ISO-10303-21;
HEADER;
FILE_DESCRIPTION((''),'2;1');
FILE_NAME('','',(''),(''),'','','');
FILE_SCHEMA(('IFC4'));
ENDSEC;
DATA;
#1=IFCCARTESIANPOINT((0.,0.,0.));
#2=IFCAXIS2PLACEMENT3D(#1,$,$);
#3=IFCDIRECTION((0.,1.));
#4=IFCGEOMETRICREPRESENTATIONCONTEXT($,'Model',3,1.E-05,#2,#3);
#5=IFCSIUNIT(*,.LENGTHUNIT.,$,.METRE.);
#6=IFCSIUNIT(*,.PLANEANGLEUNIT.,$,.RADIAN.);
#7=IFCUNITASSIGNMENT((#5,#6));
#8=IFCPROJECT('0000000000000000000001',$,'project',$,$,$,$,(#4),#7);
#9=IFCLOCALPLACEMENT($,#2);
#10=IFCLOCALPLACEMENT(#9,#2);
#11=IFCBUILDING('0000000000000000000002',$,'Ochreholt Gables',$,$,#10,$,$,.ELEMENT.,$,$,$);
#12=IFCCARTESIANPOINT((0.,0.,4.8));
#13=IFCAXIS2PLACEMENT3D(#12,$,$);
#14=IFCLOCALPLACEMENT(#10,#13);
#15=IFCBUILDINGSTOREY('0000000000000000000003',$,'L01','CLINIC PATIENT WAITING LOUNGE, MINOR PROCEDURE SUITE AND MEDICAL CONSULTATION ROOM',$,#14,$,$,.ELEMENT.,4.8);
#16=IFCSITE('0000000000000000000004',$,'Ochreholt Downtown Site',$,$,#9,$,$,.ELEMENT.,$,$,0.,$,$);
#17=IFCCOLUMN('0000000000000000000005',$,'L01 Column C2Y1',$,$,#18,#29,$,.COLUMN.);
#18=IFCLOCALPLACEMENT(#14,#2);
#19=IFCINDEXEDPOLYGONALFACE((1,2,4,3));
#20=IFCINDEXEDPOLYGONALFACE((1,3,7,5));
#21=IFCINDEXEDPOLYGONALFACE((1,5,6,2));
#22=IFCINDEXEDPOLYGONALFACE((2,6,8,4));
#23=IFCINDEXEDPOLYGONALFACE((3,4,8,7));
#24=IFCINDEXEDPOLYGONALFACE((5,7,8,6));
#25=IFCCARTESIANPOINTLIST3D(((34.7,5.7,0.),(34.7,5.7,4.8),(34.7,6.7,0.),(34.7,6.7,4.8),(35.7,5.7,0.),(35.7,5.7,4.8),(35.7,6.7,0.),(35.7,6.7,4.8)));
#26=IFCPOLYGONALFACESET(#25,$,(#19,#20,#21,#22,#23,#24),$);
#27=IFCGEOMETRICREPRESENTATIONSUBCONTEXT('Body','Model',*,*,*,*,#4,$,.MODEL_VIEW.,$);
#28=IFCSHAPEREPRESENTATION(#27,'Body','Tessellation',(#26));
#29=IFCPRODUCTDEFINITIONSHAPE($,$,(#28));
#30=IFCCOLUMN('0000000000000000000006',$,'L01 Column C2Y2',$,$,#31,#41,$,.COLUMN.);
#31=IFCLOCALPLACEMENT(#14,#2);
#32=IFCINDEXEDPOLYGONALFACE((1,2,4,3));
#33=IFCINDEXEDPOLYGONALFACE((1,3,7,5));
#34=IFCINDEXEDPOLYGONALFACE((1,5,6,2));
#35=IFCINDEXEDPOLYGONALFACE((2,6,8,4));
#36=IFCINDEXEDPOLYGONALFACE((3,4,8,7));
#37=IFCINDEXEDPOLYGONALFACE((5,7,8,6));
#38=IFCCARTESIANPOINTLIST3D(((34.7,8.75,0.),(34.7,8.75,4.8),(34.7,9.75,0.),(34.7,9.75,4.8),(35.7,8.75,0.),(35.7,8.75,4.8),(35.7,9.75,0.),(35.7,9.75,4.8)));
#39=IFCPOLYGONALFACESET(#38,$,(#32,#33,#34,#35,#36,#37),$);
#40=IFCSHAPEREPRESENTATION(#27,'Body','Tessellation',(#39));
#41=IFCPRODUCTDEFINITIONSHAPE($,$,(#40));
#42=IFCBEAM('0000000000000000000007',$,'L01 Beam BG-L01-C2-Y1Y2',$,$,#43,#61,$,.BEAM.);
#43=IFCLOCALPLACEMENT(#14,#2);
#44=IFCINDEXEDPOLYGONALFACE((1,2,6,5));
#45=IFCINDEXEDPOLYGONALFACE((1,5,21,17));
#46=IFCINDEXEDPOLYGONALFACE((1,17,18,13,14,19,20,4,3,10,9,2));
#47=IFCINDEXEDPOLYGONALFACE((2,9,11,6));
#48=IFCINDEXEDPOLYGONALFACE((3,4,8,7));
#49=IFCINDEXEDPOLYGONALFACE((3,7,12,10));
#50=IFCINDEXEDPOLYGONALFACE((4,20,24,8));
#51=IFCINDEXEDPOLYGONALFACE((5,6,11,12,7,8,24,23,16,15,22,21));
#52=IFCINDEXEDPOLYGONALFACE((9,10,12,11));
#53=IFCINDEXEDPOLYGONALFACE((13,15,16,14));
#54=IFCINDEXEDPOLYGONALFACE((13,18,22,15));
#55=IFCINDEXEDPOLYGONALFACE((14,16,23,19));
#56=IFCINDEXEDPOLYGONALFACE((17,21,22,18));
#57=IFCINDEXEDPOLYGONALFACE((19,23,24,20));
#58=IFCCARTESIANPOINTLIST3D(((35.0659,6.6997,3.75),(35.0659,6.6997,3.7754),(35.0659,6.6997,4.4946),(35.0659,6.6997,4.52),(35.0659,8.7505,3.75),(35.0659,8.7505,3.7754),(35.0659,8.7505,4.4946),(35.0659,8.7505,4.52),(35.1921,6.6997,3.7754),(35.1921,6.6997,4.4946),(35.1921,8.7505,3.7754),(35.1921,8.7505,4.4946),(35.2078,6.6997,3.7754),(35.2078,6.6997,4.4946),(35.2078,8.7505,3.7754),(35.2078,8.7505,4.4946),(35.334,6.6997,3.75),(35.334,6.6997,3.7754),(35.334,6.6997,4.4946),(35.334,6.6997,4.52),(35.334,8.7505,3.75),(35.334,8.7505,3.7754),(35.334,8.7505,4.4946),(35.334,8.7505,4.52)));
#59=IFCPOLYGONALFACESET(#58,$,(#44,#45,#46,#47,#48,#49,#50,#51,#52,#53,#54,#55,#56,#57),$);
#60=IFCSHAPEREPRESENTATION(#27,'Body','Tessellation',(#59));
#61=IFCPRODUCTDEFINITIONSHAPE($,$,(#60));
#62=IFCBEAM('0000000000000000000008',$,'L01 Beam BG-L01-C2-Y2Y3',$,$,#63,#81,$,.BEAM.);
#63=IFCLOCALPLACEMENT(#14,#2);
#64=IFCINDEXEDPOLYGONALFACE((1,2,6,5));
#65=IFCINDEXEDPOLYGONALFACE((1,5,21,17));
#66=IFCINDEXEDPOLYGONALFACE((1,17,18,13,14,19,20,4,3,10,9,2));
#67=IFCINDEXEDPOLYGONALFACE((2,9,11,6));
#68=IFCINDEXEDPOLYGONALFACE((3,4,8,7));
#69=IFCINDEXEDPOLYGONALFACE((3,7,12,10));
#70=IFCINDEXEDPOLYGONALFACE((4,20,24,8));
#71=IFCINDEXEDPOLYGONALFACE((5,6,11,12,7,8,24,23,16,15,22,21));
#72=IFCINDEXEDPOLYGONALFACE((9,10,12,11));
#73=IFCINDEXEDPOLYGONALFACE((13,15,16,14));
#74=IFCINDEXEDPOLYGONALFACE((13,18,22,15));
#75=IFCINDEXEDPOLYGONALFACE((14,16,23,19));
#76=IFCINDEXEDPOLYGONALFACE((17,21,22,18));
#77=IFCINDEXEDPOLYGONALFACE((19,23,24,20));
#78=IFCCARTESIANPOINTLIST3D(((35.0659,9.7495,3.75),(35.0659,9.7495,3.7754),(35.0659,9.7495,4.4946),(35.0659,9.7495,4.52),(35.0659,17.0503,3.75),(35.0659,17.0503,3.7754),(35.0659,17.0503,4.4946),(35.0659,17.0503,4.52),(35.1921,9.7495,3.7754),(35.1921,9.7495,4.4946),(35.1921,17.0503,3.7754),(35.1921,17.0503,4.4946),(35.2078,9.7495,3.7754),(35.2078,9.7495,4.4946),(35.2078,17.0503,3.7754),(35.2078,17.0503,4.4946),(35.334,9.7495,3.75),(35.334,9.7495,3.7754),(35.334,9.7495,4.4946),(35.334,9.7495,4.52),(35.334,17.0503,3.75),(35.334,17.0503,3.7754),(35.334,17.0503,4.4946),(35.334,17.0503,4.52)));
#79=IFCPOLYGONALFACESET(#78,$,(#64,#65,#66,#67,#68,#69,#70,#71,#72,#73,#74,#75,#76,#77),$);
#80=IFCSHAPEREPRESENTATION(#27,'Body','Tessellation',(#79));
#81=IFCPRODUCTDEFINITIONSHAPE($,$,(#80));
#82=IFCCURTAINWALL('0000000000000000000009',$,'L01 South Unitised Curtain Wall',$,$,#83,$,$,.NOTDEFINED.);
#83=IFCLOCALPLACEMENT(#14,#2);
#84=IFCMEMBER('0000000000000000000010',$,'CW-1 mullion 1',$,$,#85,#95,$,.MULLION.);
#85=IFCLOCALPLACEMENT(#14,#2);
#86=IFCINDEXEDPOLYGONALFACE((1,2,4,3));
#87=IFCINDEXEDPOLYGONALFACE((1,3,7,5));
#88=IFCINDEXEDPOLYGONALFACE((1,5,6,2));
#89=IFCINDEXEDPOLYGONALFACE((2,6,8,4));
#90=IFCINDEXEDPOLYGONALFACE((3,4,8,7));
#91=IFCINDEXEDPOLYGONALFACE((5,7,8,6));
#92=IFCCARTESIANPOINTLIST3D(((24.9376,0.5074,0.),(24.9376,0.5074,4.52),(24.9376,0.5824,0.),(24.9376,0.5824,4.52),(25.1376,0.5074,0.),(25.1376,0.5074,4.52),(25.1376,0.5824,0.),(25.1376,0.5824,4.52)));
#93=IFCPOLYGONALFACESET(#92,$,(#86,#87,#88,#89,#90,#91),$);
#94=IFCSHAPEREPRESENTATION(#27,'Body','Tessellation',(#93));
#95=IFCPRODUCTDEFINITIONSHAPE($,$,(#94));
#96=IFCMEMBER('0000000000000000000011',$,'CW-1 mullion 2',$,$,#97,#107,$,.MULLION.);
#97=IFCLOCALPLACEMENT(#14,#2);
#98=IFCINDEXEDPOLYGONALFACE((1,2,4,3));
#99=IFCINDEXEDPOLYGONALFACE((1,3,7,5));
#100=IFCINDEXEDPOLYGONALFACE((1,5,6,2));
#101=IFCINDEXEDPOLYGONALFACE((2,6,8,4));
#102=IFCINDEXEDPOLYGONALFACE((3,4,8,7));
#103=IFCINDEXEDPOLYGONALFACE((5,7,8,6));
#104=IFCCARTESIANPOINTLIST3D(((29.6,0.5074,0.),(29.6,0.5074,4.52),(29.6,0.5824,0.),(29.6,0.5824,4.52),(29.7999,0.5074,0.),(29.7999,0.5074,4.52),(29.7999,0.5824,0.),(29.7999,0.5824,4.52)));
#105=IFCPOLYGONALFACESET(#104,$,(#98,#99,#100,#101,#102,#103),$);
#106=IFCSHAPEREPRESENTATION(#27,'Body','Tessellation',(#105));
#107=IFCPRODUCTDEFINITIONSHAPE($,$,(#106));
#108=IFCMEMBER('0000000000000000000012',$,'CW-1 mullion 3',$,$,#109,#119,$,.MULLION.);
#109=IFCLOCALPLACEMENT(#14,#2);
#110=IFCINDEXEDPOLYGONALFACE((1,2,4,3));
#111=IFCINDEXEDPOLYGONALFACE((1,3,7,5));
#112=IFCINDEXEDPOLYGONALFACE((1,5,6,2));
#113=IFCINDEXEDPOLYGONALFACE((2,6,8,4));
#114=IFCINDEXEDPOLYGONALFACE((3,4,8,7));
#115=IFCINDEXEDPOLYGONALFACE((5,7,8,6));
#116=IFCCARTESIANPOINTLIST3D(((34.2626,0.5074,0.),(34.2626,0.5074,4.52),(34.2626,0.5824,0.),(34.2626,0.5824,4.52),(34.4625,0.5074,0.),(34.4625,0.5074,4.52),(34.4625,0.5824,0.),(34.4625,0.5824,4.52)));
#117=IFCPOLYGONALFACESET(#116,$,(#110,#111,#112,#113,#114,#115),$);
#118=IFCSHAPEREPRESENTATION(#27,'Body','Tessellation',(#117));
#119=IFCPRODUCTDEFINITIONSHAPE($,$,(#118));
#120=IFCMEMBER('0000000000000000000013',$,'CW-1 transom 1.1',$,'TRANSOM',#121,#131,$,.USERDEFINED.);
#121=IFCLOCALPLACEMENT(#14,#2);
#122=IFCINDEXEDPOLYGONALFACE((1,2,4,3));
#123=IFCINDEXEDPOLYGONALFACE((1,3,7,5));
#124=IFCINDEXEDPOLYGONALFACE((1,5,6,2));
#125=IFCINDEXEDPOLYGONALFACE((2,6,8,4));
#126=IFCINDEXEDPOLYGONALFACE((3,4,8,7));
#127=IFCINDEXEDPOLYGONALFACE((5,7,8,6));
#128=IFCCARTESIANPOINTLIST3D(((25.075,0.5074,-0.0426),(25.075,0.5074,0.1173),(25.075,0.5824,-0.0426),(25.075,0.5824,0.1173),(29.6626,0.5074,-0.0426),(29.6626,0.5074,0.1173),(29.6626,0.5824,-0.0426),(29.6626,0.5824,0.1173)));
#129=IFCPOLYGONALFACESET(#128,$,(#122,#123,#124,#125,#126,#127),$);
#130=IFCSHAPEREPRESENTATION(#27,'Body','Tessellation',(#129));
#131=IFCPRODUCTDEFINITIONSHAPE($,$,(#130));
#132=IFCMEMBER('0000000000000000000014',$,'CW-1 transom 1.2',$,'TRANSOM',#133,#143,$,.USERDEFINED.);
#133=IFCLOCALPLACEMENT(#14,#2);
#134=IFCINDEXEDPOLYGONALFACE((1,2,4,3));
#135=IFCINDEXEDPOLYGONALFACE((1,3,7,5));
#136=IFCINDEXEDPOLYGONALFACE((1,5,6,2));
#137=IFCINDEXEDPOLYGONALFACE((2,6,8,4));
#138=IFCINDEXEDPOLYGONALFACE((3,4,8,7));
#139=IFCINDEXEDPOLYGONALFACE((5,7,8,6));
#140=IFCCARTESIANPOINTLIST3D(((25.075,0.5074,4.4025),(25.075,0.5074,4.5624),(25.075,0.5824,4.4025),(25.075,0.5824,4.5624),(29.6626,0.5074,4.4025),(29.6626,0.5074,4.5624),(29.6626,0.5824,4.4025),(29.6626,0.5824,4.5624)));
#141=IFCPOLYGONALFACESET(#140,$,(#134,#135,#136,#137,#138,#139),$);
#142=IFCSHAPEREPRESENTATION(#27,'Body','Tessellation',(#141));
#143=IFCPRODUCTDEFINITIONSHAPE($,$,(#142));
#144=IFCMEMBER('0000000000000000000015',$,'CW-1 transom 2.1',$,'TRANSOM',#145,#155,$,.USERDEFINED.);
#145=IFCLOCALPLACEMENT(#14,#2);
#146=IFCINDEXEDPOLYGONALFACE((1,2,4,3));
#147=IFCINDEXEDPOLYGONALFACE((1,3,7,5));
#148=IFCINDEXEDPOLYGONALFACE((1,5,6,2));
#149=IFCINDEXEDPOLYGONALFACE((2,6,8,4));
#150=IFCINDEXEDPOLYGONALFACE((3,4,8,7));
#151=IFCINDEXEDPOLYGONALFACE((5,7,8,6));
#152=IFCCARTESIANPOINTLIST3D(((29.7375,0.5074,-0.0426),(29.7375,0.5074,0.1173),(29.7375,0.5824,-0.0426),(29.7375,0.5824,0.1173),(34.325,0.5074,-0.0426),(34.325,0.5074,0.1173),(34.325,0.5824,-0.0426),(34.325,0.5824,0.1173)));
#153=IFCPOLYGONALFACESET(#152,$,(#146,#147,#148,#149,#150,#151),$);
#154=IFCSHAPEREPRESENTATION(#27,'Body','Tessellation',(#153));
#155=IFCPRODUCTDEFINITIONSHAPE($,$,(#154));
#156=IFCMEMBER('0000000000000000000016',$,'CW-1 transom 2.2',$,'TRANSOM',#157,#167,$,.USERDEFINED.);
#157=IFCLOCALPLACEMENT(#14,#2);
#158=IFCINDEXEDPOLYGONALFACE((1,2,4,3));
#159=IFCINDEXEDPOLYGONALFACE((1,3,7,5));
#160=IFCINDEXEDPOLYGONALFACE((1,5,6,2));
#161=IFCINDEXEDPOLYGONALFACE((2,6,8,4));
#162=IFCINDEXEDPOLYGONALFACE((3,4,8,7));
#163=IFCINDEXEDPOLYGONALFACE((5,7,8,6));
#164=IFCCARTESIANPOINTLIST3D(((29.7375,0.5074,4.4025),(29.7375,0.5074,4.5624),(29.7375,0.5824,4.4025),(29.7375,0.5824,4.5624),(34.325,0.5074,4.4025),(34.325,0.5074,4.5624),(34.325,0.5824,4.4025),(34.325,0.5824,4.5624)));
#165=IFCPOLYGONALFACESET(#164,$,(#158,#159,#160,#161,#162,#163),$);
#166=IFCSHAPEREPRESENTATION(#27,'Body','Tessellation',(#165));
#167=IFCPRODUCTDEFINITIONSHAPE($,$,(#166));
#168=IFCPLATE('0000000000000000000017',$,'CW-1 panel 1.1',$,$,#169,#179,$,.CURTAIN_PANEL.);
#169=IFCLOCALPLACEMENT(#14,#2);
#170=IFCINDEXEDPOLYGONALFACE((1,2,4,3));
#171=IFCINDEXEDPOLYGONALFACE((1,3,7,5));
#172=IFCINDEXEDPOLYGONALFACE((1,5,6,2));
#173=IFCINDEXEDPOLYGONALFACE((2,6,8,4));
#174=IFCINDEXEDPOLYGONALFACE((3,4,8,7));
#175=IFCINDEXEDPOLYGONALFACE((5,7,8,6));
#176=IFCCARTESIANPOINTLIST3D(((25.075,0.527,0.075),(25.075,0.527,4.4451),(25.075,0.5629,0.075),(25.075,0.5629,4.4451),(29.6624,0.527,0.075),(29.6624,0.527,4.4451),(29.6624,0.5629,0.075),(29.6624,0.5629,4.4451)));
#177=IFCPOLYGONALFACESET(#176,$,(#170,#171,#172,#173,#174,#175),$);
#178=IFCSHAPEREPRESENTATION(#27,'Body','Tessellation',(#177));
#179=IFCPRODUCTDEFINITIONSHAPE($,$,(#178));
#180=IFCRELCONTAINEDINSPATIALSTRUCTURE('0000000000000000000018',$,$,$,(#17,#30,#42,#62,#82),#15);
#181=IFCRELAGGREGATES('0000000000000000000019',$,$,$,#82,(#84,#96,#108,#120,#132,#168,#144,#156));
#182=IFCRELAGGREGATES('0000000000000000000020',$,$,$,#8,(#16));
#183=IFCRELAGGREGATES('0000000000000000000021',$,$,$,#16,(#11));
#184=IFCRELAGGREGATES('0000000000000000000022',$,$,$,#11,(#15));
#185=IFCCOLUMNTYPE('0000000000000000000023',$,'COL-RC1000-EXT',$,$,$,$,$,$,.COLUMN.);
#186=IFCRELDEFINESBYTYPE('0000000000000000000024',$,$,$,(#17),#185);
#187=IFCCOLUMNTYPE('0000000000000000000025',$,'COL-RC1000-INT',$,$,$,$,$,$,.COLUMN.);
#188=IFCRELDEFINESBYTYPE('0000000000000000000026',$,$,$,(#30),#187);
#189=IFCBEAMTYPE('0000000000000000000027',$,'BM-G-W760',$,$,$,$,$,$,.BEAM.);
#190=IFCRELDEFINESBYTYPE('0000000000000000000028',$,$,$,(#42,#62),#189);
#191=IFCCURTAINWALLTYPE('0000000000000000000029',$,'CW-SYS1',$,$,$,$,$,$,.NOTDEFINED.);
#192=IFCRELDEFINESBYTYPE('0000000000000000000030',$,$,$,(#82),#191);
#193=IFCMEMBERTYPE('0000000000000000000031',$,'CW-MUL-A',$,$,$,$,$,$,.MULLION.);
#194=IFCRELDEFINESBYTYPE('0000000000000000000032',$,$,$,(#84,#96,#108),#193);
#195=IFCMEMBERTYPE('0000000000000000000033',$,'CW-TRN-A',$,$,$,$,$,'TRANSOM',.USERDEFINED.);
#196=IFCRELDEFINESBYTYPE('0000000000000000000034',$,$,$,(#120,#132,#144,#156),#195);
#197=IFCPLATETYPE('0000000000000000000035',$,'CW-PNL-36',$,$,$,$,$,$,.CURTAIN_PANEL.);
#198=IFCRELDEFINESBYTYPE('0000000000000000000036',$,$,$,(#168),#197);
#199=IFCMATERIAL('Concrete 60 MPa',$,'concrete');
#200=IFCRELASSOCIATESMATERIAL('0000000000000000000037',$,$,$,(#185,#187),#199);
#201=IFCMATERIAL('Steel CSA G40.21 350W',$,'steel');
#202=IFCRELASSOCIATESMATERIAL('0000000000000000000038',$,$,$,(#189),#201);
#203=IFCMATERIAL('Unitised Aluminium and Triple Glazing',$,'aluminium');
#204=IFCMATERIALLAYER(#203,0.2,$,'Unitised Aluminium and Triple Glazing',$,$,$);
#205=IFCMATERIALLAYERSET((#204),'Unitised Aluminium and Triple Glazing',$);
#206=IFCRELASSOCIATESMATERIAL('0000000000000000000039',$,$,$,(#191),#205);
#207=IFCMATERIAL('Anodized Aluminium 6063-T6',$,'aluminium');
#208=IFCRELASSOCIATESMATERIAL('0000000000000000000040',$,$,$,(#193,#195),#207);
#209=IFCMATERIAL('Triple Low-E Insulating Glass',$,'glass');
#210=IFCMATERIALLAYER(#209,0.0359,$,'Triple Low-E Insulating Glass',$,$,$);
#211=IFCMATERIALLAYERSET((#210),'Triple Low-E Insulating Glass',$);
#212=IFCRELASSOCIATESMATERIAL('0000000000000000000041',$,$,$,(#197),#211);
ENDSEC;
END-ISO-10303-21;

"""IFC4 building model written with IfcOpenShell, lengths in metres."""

from ifc_helpers import new_model, si_unit, direction, frame, origin, origin_2d, place, context, subcontext, project, spatial, rectangle, i_section, extrude, material, layer, layer_set, material_profile, profile_set, type_object, element, aggregate, save


model = new_model("IFC4")

# Units and contexts
model_context = context("Model", 3, precision=1e-05, world=origin(), true_north=direction((0.0, 1.0)))
body_context = subcontext(model_context, "Body", "Model", "MODEL_VIEW")
ifc_project = project(units=[si_unit("LENGTHUNIT", "METRE"), si_unit("PLANEANGLEUNIT", "RADIAN")], contexts=[model_context])

# Site, building, storey
site_placement = place(None, origin())
site = spatial("IfcSite", under=ifc_project, at=site_placement, Name="Ochreholt Downtown Site", CompositionType="ELEMENT", RefElevation=0.0)
building_placement = place(site_placement, origin())
building = spatial("IfcBuilding", under=site, at=building_placement, Name="Ochreholt Gables", CompositionType="ELEMENT")
storey_placement = place(building_placement, frame((0.0, 0.0, 4.8)))
storey = spatial("IfcBuildingStorey", under=building, at=storey_placement, Name="L01", Description="CLINIC PATIENT WAITING LOUNGE, MINOR PROCEDURE SUITE AND MEDICAL CONSULTATION ROOM", CompositionType="ELEMENT", Elevation=4.8)

# Columns
ifc_material_1 = material(Name="Concrete 60 MPa", Category="concrete")
ifc_material_profile_1 = material_profile(ifc_material_1, rectangle(XDim=1.0, YDim=1.0, at=origin_2d()), Name="RC1000X1000")
ifc_profile_set_1 = profile_set([ifc_material_profile_1], Name="Concrete 60 MPa")
column_type_1 = type_object("IfcColumnType", Name="COL-RC1000-EXT", PredefinedType="COLUMN", material=ifc_profile_set_1)
column_1_placement = place(storey_placement, frame((35.2, 6.2, 0.0), z_axis=(0.0, 0.0, 1.0), x_axis=(1.0, 0.0, 0.0)))
element("IfcColumn", 1, at=column_1_placement, inside=storey, type_object=column_type_1, Name="L01 Column C2Y1", PredefinedType="COLUMN", context=body_context, shape_type="SweptSolid", body=[
    extrude(rectangle(XDim=1.0, YDim=1.0, at=origin_2d()), origin(), (0.0, 0.0, 1.0), 4.8),
])
ifc_material_profile_2 = material_profile(ifc_material_1, rectangle(XDim=1.0, YDim=1.0, at=origin_2d()), Name="RC1000X1000")
ifc_profile_set_2 = profile_set([ifc_material_profile_2], Name="Concrete 60 MPa")
column_type_2 = type_object("IfcColumnType", Name="COL-RC1000-INT", PredefinedType="COLUMN", material=ifc_profile_set_2)
column_2_placement = place(storey_placement, frame((35.2, 9.25, 0.0), z_axis=(0.0, 0.0, 1.0), x_axis=(1.0, 0.0, 0.0)))
element("IfcColumn", 2, at=column_2_placement, inside=storey, type_object=column_type_2, Name="L01 Column C2Y2", PredefinedType="COLUMN", context=body_context, shape_type="SweptSolid", body=[
    extrude(rectangle(XDim=1.0, YDim=1.0, at=origin_2d()), origin(), (0.0, 0.0, 1.0), 4.8),
])

# Beams
ifc_material_2 = material(Name="Steel CSA G40.21 350W", Category="steel")
ifc_material_profile_3 = material_profile(ifc_material_2, i_section(OverallWidth=0.2681, OverallDepth=0.77, WebThickness=0.0156, FlangeThickness=0.0254, at=origin_2d()), Name="W760X196")
ifc_profile_set_3 = profile_set([ifc_material_profile_3], Name="Steel CSA G40.21 350W")
beam_type = type_object("IfcBeamType", Name="BM-G-W760", PredefinedType="BEAM", material=ifc_profile_set_3)
beam_1_placement = place(storey_placement, frame((35.2, 6.6997, 4.135), z_axis=(0.0, 1.0, 0.0), x_axis=(-1.0, 0.0, 0.0)))
element("IfcBeam", 3, at=beam_1_placement, inside=storey, type_object=beam_type, Name="L01 Beam BG-L01-C2-Y1Y2", PredefinedType="BEAM", context=body_context, shape_type="SweptSolid", body=[
    extrude(i_section(OverallWidth=0.2681, OverallDepth=0.77, WebThickness=0.0156, FlangeThickness=0.0254, at=origin_2d()), origin(), (0.0, 0.0, 1.0), 2.0508),
])
beam_2_placement = place(storey_placement, frame((35.2, 9.7495, 4.135), z_axis=(0.0, 1.0, 0.0), x_axis=(-1.0, 0.0, 0.0)))
element("IfcBeam", 4, at=beam_2_placement, inside=storey, type_object=beam_type, Name="L01 Beam BG-L01-C2-Y2Y3", PredefinedType="BEAM", context=body_context, shape_type="SweptSolid", body=[
    extrude(i_section(OverallWidth=0.2681, OverallDepth=0.77, WebThickness=0.0156, FlangeThickness=0.0254, at=origin_2d()), origin(), (0.0, 0.0, 1.0), 7.3008),
])

# Curtain wall, members, plate
ifc_material_3 = material(Name="Unitised Aluminium and Triple Glazing", Category="aluminium")
ifc_layer_1 = layer(ifc_material_3, 0.2, Name="Unitised Aluminium and Triple Glazing")
ifc_layer_set_1 = layer_set([ifc_layer_1], Name="Unitised Aluminium and Triple Glazing")
curtain_wall_type = type_object("IfcCurtainWallType", Name="CW-SYS1", PredefinedType="NOTDEFINED", material=ifc_layer_set_1)
curtain_wall_placement = place(storey_placement, origin())
curtain_wall = element("IfcCurtainWall", 5, at=curtain_wall_placement, inside=storey, type_object=curtain_wall_type, Name="L01 South Unitised Curtain Wall", PredefinedType="NOTDEFINED")
ifc_material_4 = material(Name="Anodized Aluminium 6063-T6", Category="aluminium")
ifc_material_profile_4 = material_profile(ifc_material_4, rectangle(XDim=0.075, YDim=0.2, at=origin_2d()), Name="CWM75X200")
ifc_profile_set_4 = profile_set([ifc_material_profile_4], Name="Anodized Aluminium 6063-T6")
member_type_1 = type_object("IfcMemberType", Name="CW-MUL-A", PredefinedType="MULLION", material=ifc_profile_set_4)
member_1_placement = place(storey_placement, frame((25.0376, 0.5449, 0.0), z_axis=(0.0, 0.0, 1.0), x_axis=(0.0, 1.0, 0.0)))
member_1 = element("IfcMember", 6, at=member_1_placement, type_object=member_type_1, Name="CW-1 mullion 1", PredefinedType="MULLION", context=body_context, shape_type="SweptSolid", body=[
    extrude(rectangle(XDim=0.075, YDim=0.2, at=origin_2d()), origin(), (0.0, 0.0, 1.0), 4.52),
])
member_2_placement = place(storey_placement, frame((29.7, 0.5449, 0.0), z_axis=(0.0, 0.0, 1.0), x_axis=(0.0, 1.0, 0.0)))
member_2 = element("IfcMember", 7, at=member_2_placement, type_object=member_type_1, Name="CW-1 mullion 2", PredefinedType="MULLION", context=body_context, shape_type="SweptSolid", body=[
    extrude(rectangle(XDim=0.075, YDim=0.2, at=origin_2d()), origin(), (0.0, 0.0, 1.0), 4.52),
])
member_3_placement = place(storey_placement, frame((34.3625, 0.5449, 0.0), z_axis=(0.0, 0.0, 1.0), x_axis=(0.0, 1.0, 0.0)))
member_3 = element("IfcMember", 8, at=member_3_placement, type_object=member_type_1, Name="CW-1 mullion 3", PredefinedType="MULLION", context=body_context, shape_type="SweptSolid", body=[
    extrude(rectangle(XDim=0.075, YDim=0.2, at=origin_2d()), origin(), (0.0, 0.0, 1.0), 4.52),
])
ifc_material_profile_5 = material_profile(ifc_material_4, rectangle(XDim=0.075, YDim=0.1599, at=origin_2d()), Name="CWT75X160")
ifc_profile_set_5 = profile_set([ifc_material_profile_5], Name="Anodized Aluminium 6063-T6")
member_type_2 = type_object("IfcMemberType", Name="CW-TRN-A", ElementType="TRANSOM", PredefinedType="USERDEFINED", material=ifc_profile_set_5)
member_4_placement = place(storey_placement, frame((25.075, 0.5449, 0.0374), z_axis=(1.0, 0.0, 0.0), x_axis=(0.0, 1.0, 0.0)))
member_4 = element("IfcMember", 9, at=member_4_placement, type_object=member_type_2, Name="CW-1 transom 1.1", ObjectType="TRANSOM", PredefinedType="USERDEFINED", context=body_context, shape_type="SweptSolid", body=[
    extrude(rectangle(XDim=0.075, YDim=0.1599, at=origin_2d()), origin(), (0.0, 0.0, 1.0), 4.5876),
])
member_5_placement = place(storey_placement, frame((25.075, 0.5449, 4.4824), z_axis=(1.0, 0.0, 0.0), x_axis=(0.0, 1.0, 0.0)))
member_5 = element("IfcMember", 10, at=member_5_placement, type_object=member_type_2, Name="CW-1 transom 1.2", ObjectType="TRANSOM", PredefinedType="USERDEFINED", context=body_context, shape_type="SweptSolid", body=[
    extrude(rectangle(XDim=0.075, YDim=0.1599, at=origin_2d()), origin(), (0.0, 0.0, 1.0), 4.5876),
])
member_6_placement = place(storey_placement, frame((29.7375, 0.5449, 0.0374), z_axis=(1.0, 0.0, 0.0), x_axis=(0.0, 1.0, 0.0)))
member_6 = element("IfcMember", 11, at=member_6_placement, type_object=member_type_2, Name="CW-1 transom 2.1", ObjectType="TRANSOM", PredefinedType="USERDEFINED", context=body_context, shape_type="SweptSolid", body=[
    extrude(rectangle(XDim=0.075, YDim=0.1599, at=origin_2d()), origin(), (0.0, 0.0, 1.0), 4.5874),
])
member_7_placement = place(storey_placement, frame((29.7375, 0.5449, 4.4824), z_axis=(1.0, 0.0, 0.0), x_axis=(0.0, 1.0, 0.0)))
member_7 = element("IfcMember", 12, at=member_7_placement, type_object=member_type_2, Name="CW-1 transom 2.2", ObjectType="TRANSOM", PredefinedType="USERDEFINED", context=body_context, shape_type="SweptSolid", body=[
    extrude(rectangle(XDim=0.075, YDim=0.1599, at=origin_2d()), origin(), (0.0, 0.0, 1.0), 4.5874),
])
ifc_material_5 = material(Name="Triple Low-E Insulating Glass", Category="glass")
ifc_layer_2 = layer(ifc_material_5, 0.0359, Name="Triple Low-E Insulating Glass")
ifc_layer_set_2 = layer_set([ifc_layer_2], Name="Triple Low-E Insulating Glass")
plate_type = type_object("IfcPlateType", Name="CW-PNL-36", PredefinedType="CURTAIN_PANEL", material=ifc_layer_set_2)
plate_1_placement = place(storey_placement, frame((27.3687, 0.5449, 0.075), z_axis=(0.0, 0.0, 1.0), x_axis=(1.0, 0.0, 0.0)))
plate_1 = element("IfcPlate", 13, at=plate_1_placement, type_object=plate_type, Name="CW-1 panel 1.1", PredefinedType="CURTAIN_PANEL", context=body_context, shape_type="SweptSolid", body=[
    extrude(rectangle(XDim=4.5874, YDim=0.0359, at=origin_2d()), origin(), (0.0, 0.0, 1.0), 4.3701),
])
aggregate(curtain_wall, [member_1, member_2, member_3, member_4, member_5, plate_1, member_6, member_7])

save(model, "model.ifc")
